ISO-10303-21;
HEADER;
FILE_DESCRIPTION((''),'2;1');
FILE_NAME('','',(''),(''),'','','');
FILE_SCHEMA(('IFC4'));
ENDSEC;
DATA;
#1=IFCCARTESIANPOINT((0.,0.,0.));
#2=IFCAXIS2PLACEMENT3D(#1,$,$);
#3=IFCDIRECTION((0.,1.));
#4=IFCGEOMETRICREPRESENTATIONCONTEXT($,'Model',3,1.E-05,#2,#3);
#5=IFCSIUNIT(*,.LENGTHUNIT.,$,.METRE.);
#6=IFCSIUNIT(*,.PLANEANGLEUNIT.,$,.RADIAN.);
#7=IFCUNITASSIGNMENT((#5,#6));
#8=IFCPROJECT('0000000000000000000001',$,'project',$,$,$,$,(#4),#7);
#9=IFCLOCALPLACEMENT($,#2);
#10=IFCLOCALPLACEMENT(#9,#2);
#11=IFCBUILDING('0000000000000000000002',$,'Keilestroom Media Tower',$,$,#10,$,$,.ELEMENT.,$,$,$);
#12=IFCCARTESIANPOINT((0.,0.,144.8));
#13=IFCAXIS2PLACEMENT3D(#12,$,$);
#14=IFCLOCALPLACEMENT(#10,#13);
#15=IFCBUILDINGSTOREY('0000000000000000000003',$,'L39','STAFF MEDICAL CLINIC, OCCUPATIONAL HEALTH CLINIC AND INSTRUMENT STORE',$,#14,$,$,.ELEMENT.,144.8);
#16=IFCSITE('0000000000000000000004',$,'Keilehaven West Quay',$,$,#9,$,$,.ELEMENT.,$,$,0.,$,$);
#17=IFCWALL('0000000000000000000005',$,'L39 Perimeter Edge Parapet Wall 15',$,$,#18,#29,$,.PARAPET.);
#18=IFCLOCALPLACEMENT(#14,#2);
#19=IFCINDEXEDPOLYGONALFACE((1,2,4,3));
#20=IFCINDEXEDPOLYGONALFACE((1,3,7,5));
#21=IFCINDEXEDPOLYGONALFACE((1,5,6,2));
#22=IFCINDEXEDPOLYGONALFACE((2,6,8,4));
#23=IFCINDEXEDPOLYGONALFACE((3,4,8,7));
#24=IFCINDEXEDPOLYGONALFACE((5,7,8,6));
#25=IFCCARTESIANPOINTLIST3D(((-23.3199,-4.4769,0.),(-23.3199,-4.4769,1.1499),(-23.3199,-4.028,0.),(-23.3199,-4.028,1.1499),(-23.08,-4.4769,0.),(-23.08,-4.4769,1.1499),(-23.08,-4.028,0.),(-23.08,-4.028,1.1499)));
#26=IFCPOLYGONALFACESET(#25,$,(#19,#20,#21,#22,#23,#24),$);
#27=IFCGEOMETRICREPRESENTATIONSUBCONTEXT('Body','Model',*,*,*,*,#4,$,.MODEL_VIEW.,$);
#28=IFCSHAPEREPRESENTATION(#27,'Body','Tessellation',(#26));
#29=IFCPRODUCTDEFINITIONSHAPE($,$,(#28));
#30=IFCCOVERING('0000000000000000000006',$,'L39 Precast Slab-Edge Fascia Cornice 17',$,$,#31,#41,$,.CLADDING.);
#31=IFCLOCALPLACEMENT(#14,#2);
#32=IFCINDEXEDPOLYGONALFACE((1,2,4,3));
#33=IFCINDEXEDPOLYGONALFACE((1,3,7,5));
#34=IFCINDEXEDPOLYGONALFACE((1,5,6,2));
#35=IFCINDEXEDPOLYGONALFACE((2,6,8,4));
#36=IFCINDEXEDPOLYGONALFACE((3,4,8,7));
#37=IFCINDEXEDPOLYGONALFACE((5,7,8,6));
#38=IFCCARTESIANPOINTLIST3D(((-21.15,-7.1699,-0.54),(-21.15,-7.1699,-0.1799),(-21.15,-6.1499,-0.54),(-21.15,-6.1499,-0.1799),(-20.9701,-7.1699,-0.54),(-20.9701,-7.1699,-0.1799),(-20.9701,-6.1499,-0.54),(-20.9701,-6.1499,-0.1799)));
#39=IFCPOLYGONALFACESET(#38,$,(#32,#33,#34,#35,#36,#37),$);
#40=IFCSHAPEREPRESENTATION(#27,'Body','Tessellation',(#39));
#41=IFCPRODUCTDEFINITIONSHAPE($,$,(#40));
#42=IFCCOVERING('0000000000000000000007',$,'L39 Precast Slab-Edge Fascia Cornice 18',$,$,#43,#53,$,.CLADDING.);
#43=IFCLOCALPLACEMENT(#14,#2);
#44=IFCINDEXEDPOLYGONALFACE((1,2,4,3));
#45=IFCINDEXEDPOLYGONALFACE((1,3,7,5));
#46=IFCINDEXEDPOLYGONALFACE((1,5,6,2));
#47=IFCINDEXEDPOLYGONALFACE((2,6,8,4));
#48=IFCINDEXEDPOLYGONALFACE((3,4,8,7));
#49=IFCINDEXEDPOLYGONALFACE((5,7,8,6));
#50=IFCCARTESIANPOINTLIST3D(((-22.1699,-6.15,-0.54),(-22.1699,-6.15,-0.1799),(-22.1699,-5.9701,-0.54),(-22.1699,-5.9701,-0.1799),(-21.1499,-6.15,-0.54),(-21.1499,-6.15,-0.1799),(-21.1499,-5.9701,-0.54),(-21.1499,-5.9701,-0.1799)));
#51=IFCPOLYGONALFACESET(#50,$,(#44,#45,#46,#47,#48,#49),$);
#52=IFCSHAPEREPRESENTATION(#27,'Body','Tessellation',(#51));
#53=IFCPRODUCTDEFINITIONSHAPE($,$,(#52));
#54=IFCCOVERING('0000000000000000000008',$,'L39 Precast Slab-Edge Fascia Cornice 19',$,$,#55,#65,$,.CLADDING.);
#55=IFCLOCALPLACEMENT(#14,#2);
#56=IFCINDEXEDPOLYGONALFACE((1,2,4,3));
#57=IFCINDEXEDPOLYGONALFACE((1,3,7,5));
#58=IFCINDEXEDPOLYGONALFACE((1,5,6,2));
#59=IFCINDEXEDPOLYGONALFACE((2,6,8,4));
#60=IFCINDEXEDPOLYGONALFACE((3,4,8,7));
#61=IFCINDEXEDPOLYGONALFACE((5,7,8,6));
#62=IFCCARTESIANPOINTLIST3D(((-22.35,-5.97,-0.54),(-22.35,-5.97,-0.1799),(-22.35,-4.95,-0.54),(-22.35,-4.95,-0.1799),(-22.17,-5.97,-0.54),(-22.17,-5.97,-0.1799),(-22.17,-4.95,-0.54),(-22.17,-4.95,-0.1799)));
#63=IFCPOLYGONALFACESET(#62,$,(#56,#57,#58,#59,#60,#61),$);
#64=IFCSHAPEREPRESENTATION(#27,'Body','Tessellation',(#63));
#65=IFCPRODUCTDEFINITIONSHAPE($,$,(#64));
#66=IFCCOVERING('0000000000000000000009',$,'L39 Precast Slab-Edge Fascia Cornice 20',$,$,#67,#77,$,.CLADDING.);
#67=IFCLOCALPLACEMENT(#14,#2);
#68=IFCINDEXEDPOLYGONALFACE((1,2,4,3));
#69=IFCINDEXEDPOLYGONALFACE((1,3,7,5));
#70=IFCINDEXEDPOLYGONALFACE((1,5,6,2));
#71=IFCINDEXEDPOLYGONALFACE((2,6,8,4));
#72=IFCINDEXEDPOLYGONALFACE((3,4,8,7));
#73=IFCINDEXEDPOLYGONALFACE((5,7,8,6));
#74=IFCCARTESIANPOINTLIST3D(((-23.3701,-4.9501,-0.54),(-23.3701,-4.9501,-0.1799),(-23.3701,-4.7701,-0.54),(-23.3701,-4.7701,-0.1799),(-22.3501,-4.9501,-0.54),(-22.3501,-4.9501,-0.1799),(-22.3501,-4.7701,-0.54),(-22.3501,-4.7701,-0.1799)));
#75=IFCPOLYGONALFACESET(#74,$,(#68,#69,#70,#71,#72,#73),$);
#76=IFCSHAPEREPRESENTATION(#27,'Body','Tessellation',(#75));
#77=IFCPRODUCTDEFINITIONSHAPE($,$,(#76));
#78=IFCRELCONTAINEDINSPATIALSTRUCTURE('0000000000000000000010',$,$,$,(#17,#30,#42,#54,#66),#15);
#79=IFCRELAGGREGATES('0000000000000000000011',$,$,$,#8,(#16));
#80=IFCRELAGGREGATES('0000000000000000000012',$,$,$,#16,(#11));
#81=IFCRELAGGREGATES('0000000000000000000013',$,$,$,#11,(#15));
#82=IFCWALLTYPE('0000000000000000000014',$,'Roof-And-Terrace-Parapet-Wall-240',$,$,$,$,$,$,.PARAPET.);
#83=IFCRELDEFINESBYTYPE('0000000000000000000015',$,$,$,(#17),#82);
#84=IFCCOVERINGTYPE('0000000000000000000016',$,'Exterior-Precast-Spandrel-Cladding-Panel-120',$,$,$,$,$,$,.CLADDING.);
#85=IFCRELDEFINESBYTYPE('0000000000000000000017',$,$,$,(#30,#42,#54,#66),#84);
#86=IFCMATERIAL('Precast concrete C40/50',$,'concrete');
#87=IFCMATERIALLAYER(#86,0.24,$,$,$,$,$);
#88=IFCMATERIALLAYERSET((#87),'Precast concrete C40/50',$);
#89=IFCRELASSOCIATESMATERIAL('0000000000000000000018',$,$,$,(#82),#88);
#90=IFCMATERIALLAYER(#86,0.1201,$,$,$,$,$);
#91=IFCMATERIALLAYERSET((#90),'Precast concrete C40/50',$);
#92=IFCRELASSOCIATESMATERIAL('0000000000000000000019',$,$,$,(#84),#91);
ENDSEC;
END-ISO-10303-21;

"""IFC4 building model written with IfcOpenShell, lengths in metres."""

from ifc_helpers import new_model, si_unit, direction, frame, frame_2d, origin, origin_2d, place, context, subcontext, project, spatial, rectangle, extrude, source, transform, mapped, material, layer, layer_set, type_object, element, save


model = new_model("IFC4")

# Units and contexts
model_context = context("Model", 3, precision=1e-05, world=origin(), true_north=direction((0.0, 1.0)))
body_context = subcontext(model_context, "Body", "Model", "MODEL_VIEW")
ifc_project = project(units=[si_unit("LENGTHUNIT", "METRE"), si_unit("PLANEANGLEUNIT", "RADIAN")], contexts=[model_context])

# Site, building, storey
site_placement = place(None, origin())
site = spatial("IfcSite", under=ifc_project, at=site_placement, Name="Keilehaven West Quay", CompositionType="ELEMENT", RefElevation=0.0)
building_placement = place(site_placement, origin())
building = spatial("IfcBuilding", under=site, at=building_placement, Name="Keilestroom Media Tower", CompositionType="ELEMENT")
storey_placement = place(building_placement, frame((0.0, 0.0, 144.8)))
storey = spatial("IfcBuildingStorey", under=building, at=storey_placement, Name="L39", Description="STAFF MEDICAL CLINIC, OCCUPATIONAL HEALTH CLINIC AND INSTRUMENT STORE", CompositionType="ELEMENT", Elevation=144.8)

# Shared definitions
ifc_material_1 = material(Name="Precast concrete C40/50", Category="concrete")

# Wall
ifc_layer_1 = layer(ifc_material_1, 0.24)
ifc_layer_set_1 = layer_set([ifc_layer_1], Name="Precast concrete C40/50")
wall_type_1 = type_object("IfcWallType", Name="Roof-And-Terrace-Parapet-Wall-240", PredefinedType="PARAPET", material=ifc_layer_set_1)
wall_1_placement = place(storey_placement, frame((-23.2, -4.4771, 0.0), z_axis=(0.0, 0.0, 1.0), x_axis=(0.0, 1.0, 0.0)))
element("IfcWall", 1, at=wall_1_placement, inside=storey, type_object=wall_type_1, Name="L39 Perimeter Edge Parapet Wall 15", PredefinedType="PARAPET", context=body_context, shape_type="SweptSolid", body=[
    extrude(rectangle(XDim=0.449, YDim=0.24, at=frame_2d((0.2246, 0.0))), origin(), (0.0, 0.0, 1.0), 1.1499),
])

# Coverings
ifc_layer_2 = layer(ifc_material_1, 0.1201)
ifc_layer_set_2 = layer_set([ifc_layer_2], Name="Precast concrete C40/50")
covering_type = type_object("IfcCoveringType", Name="Exterior-Precast-Spandrel-Cladding-Panel-120", PredefinedType="CLADDING", material=ifc_layer_set_2)
shared_shape_1 = source(origin(), body_context, "Body", "SweptSolid", [
    extrude(rectangle(XDim=1.02, YDim=0.1799, at=origin_2d()), origin(), (0.0, 0.0, 1.0), 0.3601),
])
for number, where, z_axis, x_axis, name in (
    (2, (-21.0601, -6.6599, -0.54), (0.0, 0.0, 1.0), (0.0, 1.0, 0.0), "L39 Precast Slab-Edge Fascia Cornice 17"),
    (3, (-21.6599, -6.0601, -0.54), (0.0, 0.0, 1.0), (-1.0, 0.0, 0.0), "L39 Precast Slab-Edge Fascia Cornice 18"),
    (4, (-22.26, -5.46, -0.54), (0.0, 0.0, 1.0), (0.0, 1.0, 0.0), "L39 Precast Slab-Edge Fascia Cornice 19"),
    (5, (-22.8601, -4.8601, -0.54), (0.0, 0.0, 1.0), (-1.0, 0.0, 0.0), "L39 Precast Slab-Edge Fascia Cornice 20"),
):
    element("IfcCovering", number, at=place(storey_placement, frame(where, z_axis=z_axis, x_axis=x_axis)), inside=storey, type_object=covering_type, Name=name, PredefinedType="CLADDING", context=body_context, shape_type="MappedRepresentation", body=[
        mapped(shared_shape_1, transform((0.0, 0.0, 0.0), x_axis=(1.0, 0.0, 0.0), y_axis=(0.0, 1.0, 0.0), z_axis=(0.0, 0.0, 1.0), scale=1.0)),
    ])

save(model, "model.ifc")
